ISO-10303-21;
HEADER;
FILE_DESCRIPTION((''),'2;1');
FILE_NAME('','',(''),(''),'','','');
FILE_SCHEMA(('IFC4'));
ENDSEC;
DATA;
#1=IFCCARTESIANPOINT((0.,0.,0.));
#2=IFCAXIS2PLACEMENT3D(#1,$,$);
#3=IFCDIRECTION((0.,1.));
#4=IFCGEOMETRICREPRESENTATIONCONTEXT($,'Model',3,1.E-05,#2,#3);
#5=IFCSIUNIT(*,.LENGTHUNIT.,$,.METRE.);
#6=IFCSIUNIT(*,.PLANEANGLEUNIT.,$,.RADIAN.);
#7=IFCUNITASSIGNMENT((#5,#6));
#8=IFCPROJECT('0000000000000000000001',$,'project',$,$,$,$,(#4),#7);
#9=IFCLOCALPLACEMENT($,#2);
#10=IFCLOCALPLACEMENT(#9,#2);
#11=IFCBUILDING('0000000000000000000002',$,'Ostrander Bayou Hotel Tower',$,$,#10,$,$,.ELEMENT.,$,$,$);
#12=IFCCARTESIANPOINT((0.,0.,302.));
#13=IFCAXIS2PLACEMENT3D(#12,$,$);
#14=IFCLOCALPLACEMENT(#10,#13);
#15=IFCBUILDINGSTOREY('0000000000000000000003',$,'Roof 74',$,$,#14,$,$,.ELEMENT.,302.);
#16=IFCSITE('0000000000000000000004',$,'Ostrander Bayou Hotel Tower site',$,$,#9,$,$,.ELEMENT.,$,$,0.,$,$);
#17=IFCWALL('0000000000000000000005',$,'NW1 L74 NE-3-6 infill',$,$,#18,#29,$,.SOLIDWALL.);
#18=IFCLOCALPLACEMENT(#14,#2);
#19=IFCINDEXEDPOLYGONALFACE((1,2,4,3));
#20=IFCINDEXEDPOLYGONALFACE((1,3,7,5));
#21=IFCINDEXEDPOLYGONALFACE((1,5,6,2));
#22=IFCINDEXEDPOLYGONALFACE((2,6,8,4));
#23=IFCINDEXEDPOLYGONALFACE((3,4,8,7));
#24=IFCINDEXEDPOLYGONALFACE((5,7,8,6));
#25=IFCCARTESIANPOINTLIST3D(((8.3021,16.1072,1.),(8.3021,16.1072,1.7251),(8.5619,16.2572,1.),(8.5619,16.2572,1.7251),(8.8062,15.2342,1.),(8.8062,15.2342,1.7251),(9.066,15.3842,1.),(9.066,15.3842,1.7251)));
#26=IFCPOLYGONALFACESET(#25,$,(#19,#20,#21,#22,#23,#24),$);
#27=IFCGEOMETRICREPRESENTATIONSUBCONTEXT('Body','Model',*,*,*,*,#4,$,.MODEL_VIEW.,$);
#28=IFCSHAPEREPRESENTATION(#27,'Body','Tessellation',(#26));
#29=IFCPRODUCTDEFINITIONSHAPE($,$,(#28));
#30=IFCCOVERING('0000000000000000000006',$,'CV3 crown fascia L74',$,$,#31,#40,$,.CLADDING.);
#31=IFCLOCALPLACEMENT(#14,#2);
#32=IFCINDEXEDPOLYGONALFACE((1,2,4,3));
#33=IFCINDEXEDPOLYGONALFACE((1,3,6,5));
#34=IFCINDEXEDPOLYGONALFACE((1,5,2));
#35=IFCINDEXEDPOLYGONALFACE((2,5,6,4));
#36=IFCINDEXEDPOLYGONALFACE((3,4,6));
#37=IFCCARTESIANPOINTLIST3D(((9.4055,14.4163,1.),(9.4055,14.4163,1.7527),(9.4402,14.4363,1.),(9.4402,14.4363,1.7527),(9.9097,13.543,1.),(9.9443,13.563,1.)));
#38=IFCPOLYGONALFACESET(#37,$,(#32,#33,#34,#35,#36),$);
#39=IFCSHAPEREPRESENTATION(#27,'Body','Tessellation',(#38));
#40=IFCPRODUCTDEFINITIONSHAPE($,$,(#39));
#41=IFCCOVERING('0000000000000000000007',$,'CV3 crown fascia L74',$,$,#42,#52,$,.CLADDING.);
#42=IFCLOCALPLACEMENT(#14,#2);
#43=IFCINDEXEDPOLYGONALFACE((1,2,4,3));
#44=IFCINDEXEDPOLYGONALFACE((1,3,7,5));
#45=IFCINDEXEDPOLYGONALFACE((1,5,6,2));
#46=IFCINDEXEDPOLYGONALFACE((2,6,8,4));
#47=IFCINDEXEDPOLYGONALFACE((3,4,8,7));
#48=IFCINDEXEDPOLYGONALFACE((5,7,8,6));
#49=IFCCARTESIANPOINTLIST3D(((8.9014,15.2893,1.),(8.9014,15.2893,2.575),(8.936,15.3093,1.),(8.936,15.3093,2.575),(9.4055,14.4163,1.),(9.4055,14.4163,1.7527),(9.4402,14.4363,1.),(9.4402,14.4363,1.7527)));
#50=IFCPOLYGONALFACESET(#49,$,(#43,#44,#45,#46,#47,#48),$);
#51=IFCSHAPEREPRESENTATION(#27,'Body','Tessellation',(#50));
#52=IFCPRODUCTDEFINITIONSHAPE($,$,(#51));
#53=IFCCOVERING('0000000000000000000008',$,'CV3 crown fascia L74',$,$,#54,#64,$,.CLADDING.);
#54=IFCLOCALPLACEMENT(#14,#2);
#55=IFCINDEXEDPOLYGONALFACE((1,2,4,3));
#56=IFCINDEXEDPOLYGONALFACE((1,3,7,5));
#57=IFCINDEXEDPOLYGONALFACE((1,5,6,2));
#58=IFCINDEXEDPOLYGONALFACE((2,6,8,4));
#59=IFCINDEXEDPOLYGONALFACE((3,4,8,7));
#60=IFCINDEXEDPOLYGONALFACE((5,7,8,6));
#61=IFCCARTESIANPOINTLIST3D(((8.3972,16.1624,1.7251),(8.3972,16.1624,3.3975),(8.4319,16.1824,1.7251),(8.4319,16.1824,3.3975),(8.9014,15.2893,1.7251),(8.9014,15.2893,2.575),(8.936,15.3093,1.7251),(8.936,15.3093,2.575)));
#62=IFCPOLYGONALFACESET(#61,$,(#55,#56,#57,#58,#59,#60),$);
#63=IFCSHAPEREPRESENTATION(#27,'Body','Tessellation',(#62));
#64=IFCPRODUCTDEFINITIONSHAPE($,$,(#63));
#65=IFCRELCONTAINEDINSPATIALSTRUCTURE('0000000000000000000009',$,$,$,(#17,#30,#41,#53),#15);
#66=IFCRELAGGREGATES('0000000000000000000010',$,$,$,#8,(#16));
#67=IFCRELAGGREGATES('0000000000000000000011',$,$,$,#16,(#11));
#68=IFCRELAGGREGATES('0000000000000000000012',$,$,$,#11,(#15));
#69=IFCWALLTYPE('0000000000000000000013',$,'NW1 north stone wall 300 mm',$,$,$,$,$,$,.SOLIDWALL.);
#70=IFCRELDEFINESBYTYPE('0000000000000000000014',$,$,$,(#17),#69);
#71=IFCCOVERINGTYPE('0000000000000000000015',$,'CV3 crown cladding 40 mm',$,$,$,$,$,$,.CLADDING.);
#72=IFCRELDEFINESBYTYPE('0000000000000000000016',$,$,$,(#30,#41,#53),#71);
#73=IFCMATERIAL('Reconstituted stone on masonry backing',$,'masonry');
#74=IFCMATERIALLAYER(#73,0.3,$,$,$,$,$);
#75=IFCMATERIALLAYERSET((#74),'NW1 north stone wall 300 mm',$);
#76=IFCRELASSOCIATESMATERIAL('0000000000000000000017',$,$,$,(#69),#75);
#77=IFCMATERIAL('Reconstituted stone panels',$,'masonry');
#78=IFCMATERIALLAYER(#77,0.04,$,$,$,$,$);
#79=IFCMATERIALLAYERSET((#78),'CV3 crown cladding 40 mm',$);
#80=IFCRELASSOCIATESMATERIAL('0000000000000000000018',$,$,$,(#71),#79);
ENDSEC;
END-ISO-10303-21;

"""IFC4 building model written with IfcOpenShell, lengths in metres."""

from ifc_helpers import new_model, si_unit, direction, frame, frame_2d, origin, place, context, subcontext, project, spatial, polyline, rectangle, outline, extrude, material, layer, layer_set, type_object, element, save


model = new_model("IFC4")

# Units and contexts
model_context = context("Model", 3, precision=1e-05, world=origin(), true_north=direction((0.0, 1.0)))
body_context = subcontext(model_context, "Body", "Model", "MODEL_VIEW")
ifc_project = project(units=[si_unit("LENGTHUNIT", "METRE"), si_unit("PLANEANGLEUNIT", "RADIAN")], contexts=[model_context])

# Site, building, storey
site_placement = place(None, origin())
site = spatial("IfcSite", under=ifc_project, at=site_placement, Name="Ostrander Bayou Hotel Tower site", CompositionType="ELEMENT", RefElevation=0.0)
building_placement = place(site_placement, origin())
building = spatial("IfcBuilding", under=site, at=building_placement, Name="Ostrander Bayou Hotel Tower", CompositionType="ELEMENT")
storey_placement = place(building_placement, frame((0.0, 0.0, 302.0)))
storey = spatial("IfcBuildingStorey", under=building, at=storey_placement, Name="Roof 74", CompositionType="ELEMENT", Elevation=302.0)

# Wall
ifc_material_1 = material(Name="Reconstituted stone on masonry backing", Category="masonry")
ifc_layer_1 = layer(ifc_material_1, 0.3)
ifc_layer_set_1 = layer_set([ifc_layer_1], Name="NW1 north stone wall 300 mm")
wall_type = type_object("IfcWallType", Name="NW1 north stone wall 300 mm", PredefinedType="SOLIDWALL", material=ifc_layer_set_1)
wall_1_placement = place(storey_placement, frame((8.936, 15.3093, 1.0), z_axis=(0.0, 0.0, 1.0), x_axis=(-0.500072, 0.865984, 0.0)))
element("IfcWall", 1, at=wall_1_placement, inside=storey, type_object=wall_type, Name="NW1 L74 NE-3-6 infill", PredefinedType="SOLIDWALL", context=body_context, shape_type="SweptSolid", body=[
    extrude(rectangle(XDim=1.0081, YDim=0.3, at=frame_2d((0.5039, 0.0))), origin(), (0.0, 0.0, 1.0), 0.7251),
])

# Coverings
ifc_material_2 = material(Name="Reconstituted stone panels", Category="masonry")
ifc_layer_2 = layer(ifc_material_2, 0.04)
ifc_layer_set_2 = layer_set([ifc_layer_2], Name="CV3 crown cladding 40 mm")
covering_type = type_object("IfcCoveringType", Name="CV3 crown cladding 40 mm", PredefinedType="CLADDING", material=ifc_layer_set_2)
covering_1_placement = place(storey_placement, frame((9.9443, 13.563, 1.0), z_axis=(0.866044, 0.499967, 0.0), x_axis=(-0.499967, 0.866044, 0.0)))
element("IfcCovering", 2, at=covering_1_placement, inside=storey, type_object=covering_type, Name="CV3 crown fascia L74", PredefinedType="CLADDING", context=body_context, shape_type="SweptSolid", body=[
    extrude(outline(polyline([(0.0, 0.0), (1.0084, 0.0), (1.0084, 0.7527), (0.0, 0.0), (0.0, 0.0)])), origin(), (0.0, 0.0, -1.0), 0.04),
])
covering_2_placement = place(storey_placement, frame((9.4402, 14.4363, 1.0), z_axis=(0.865984, 0.500072, 0.0), x_axis=(-0.500072, 0.865984, 0.0)))
element("IfcCovering", 3, at=covering_2_placement, inside=storey, type_object=covering_type, Name="CV3 crown fascia L74", PredefinedType="CLADDING", context=body_context, shape_type="SweptSolid", body=[
    extrude(outline(polyline([(0.0, 0.0), (1.0082, 0.0), (1.0082, 1.575), (0.0, 0.7527), (0.0, 0.0)])), origin(), (0.0, 0.0, -1.0), 0.04),
])
covering_3_placement = place(storey_placement, frame((8.936, 15.3093, 1.7251), z_axis=(0.865984, 0.500072, 0.0), x_axis=(-0.500072, 0.865984, 0.0)))
element("IfcCovering", 4, at=covering_3_placement, inside=storey, type_object=covering_type, Name="CV3 crown fascia L74", PredefinedType="CLADDING", context=body_context, shape_type="SweptSolid", body=[
    extrude(outline(polyline([(0.0, 0.0), (1.0082, 0.0), (1.0082, 1.6724), (0.0, 0.8499), (0.0, 0.0)])), origin(), (0.0, 0.0, -1.0), 0.04),
])

save(model, "model.ifc")
